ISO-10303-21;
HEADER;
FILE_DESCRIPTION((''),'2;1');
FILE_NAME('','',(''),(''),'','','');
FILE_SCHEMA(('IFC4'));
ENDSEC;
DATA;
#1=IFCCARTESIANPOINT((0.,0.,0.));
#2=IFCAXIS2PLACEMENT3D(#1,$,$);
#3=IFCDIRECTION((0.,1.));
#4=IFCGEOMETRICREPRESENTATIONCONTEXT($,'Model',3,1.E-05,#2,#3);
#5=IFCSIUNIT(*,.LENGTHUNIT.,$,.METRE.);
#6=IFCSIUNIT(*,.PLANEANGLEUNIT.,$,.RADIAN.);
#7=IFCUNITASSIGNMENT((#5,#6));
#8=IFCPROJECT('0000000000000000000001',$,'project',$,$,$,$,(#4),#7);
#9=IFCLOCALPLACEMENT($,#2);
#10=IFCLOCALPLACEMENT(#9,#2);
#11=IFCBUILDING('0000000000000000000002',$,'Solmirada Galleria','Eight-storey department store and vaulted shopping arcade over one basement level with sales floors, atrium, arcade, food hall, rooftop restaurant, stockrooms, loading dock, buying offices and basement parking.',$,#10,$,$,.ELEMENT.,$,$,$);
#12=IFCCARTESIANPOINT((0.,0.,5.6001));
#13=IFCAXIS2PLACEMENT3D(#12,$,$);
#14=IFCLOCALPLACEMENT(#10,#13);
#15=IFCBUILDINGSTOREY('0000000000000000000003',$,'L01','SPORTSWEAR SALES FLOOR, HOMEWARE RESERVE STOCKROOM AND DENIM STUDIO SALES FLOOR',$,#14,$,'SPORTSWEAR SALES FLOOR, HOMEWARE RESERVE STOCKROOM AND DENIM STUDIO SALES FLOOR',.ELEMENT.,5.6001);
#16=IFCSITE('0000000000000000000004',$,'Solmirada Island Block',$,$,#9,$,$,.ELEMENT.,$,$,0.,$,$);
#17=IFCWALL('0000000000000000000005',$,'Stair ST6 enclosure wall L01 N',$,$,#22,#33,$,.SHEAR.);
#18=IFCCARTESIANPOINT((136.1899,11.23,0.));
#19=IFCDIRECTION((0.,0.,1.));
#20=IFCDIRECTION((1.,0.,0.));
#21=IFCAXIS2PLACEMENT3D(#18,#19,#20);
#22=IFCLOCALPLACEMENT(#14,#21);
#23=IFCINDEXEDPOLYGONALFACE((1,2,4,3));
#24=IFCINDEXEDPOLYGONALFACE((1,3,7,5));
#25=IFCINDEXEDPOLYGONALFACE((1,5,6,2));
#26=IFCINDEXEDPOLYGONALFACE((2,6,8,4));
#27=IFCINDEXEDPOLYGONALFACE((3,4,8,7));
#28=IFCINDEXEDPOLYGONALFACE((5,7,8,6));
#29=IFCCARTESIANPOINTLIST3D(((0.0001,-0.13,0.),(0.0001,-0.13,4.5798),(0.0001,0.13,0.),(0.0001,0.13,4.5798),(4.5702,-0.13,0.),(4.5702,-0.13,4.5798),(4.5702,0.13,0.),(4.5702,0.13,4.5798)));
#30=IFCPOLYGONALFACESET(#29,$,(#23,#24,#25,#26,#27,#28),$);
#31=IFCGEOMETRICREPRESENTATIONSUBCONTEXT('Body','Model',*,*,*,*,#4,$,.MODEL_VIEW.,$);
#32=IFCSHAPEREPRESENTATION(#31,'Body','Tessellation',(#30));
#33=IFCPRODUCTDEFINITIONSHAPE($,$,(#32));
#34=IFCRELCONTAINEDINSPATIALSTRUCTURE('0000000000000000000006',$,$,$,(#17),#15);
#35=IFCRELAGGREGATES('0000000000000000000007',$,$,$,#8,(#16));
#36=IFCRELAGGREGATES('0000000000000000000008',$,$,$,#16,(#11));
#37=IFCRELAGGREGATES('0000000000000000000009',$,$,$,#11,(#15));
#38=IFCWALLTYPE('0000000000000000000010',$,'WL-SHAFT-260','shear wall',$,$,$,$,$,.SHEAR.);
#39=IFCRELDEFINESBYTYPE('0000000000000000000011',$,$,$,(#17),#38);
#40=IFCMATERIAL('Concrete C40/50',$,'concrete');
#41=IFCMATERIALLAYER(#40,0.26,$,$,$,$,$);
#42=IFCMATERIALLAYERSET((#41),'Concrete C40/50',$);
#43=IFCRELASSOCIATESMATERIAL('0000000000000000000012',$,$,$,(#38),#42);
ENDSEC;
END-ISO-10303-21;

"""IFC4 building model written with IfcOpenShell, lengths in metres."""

from ifc_helpers import new_model, si_unit, direction, frame, frame_2d, origin, place, context, subcontext, project, spatial, rectangle, extrude, material, layer, layer_set, type_object, element, save


model = new_model("IFC4")

# Units and contexts
model_context = context("Model", 3, precision=1e-05, world=origin(), true_north=direction((0.0, 1.0)))
body_context = subcontext(model_context, "Body", "Model", "MODEL_VIEW")
ifc_project = project(units=[si_unit("LENGTHUNIT", "METRE"), si_unit("PLANEANGLEUNIT", "RADIAN")], contexts=[model_context])

# Site, building, storey
site_placement = place(None, origin())
site = spatial("IfcSite", under=ifc_project, at=site_placement, Name="Solmirada Island Block", CompositionType="ELEMENT", RefElevation=0.0)
building_placement = place(site_placement, origin())
building = spatial("IfcBuilding", under=site, at=building_placement, Name="Solmirada Galleria", Description="Eight-storey department store and vaulted shopping arcade over one basement level with sales floors, atrium, arcade, food hall, rooftop restaurant, stockrooms, loading dock, buying offices and basement parking.", CompositionType="ELEMENT")
storey_placement = place(building_placement, frame((0.0, 0.0, 5.6001)))
storey = spatial("IfcBuildingStorey", under=building, at=storey_placement, Name="L01", Description="SPORTSWEAR SALES FLOOR, HOMEWARE RESERVE STOCKROOM AND DENIM STUDIO SALES FLOOR", LongName="SPORTSWEAR SALES FLOOR, HOMEWARE RESERVE STOCKROOM AND DENIM STUDIO SALES FLOOR", CompositionType="ELEMENT", Elevation=5.6001)

# Shared definitions
ifc_material_1 = material(Name="Concrete C40/50", Category="concrete")

# Wall
ifc_layer_1 = layer(ifc_material_1, 0.26)
ifc_layer_set_1 = layer_set([ifc_layer_1], Name="Concrete C40/50")
wall_type_1 = type_object("IfcWallType", Name="WL-SHAFT-260", Description="shear wall", PredefinedType="SHEAR", material=ifc_layer_set_1)
wall_1_placement = place(storey_placement, frame((136.1899, 11.23, 0.0), z_axis=(0.0, 0.0, 1.0), x_axis=(1.0, 0.0, 0.0)))
element("IfcWall", 1, at=wall_1_placement, inside=storey, type_object=wall_type_1, Name="Stair ST6 enclosure wall L01 N", PredefinedType="SHEAR", context=body_context, shape_type="SweptSolid", body=[
    extrude(rectangle(XDim=4.5701, YDim=0.26, at=frame_2d((2.2852, 0.0))), origin(), (0.0, 0.0, 1.0), 4.5798),
])

save(model, "model.ifc")
